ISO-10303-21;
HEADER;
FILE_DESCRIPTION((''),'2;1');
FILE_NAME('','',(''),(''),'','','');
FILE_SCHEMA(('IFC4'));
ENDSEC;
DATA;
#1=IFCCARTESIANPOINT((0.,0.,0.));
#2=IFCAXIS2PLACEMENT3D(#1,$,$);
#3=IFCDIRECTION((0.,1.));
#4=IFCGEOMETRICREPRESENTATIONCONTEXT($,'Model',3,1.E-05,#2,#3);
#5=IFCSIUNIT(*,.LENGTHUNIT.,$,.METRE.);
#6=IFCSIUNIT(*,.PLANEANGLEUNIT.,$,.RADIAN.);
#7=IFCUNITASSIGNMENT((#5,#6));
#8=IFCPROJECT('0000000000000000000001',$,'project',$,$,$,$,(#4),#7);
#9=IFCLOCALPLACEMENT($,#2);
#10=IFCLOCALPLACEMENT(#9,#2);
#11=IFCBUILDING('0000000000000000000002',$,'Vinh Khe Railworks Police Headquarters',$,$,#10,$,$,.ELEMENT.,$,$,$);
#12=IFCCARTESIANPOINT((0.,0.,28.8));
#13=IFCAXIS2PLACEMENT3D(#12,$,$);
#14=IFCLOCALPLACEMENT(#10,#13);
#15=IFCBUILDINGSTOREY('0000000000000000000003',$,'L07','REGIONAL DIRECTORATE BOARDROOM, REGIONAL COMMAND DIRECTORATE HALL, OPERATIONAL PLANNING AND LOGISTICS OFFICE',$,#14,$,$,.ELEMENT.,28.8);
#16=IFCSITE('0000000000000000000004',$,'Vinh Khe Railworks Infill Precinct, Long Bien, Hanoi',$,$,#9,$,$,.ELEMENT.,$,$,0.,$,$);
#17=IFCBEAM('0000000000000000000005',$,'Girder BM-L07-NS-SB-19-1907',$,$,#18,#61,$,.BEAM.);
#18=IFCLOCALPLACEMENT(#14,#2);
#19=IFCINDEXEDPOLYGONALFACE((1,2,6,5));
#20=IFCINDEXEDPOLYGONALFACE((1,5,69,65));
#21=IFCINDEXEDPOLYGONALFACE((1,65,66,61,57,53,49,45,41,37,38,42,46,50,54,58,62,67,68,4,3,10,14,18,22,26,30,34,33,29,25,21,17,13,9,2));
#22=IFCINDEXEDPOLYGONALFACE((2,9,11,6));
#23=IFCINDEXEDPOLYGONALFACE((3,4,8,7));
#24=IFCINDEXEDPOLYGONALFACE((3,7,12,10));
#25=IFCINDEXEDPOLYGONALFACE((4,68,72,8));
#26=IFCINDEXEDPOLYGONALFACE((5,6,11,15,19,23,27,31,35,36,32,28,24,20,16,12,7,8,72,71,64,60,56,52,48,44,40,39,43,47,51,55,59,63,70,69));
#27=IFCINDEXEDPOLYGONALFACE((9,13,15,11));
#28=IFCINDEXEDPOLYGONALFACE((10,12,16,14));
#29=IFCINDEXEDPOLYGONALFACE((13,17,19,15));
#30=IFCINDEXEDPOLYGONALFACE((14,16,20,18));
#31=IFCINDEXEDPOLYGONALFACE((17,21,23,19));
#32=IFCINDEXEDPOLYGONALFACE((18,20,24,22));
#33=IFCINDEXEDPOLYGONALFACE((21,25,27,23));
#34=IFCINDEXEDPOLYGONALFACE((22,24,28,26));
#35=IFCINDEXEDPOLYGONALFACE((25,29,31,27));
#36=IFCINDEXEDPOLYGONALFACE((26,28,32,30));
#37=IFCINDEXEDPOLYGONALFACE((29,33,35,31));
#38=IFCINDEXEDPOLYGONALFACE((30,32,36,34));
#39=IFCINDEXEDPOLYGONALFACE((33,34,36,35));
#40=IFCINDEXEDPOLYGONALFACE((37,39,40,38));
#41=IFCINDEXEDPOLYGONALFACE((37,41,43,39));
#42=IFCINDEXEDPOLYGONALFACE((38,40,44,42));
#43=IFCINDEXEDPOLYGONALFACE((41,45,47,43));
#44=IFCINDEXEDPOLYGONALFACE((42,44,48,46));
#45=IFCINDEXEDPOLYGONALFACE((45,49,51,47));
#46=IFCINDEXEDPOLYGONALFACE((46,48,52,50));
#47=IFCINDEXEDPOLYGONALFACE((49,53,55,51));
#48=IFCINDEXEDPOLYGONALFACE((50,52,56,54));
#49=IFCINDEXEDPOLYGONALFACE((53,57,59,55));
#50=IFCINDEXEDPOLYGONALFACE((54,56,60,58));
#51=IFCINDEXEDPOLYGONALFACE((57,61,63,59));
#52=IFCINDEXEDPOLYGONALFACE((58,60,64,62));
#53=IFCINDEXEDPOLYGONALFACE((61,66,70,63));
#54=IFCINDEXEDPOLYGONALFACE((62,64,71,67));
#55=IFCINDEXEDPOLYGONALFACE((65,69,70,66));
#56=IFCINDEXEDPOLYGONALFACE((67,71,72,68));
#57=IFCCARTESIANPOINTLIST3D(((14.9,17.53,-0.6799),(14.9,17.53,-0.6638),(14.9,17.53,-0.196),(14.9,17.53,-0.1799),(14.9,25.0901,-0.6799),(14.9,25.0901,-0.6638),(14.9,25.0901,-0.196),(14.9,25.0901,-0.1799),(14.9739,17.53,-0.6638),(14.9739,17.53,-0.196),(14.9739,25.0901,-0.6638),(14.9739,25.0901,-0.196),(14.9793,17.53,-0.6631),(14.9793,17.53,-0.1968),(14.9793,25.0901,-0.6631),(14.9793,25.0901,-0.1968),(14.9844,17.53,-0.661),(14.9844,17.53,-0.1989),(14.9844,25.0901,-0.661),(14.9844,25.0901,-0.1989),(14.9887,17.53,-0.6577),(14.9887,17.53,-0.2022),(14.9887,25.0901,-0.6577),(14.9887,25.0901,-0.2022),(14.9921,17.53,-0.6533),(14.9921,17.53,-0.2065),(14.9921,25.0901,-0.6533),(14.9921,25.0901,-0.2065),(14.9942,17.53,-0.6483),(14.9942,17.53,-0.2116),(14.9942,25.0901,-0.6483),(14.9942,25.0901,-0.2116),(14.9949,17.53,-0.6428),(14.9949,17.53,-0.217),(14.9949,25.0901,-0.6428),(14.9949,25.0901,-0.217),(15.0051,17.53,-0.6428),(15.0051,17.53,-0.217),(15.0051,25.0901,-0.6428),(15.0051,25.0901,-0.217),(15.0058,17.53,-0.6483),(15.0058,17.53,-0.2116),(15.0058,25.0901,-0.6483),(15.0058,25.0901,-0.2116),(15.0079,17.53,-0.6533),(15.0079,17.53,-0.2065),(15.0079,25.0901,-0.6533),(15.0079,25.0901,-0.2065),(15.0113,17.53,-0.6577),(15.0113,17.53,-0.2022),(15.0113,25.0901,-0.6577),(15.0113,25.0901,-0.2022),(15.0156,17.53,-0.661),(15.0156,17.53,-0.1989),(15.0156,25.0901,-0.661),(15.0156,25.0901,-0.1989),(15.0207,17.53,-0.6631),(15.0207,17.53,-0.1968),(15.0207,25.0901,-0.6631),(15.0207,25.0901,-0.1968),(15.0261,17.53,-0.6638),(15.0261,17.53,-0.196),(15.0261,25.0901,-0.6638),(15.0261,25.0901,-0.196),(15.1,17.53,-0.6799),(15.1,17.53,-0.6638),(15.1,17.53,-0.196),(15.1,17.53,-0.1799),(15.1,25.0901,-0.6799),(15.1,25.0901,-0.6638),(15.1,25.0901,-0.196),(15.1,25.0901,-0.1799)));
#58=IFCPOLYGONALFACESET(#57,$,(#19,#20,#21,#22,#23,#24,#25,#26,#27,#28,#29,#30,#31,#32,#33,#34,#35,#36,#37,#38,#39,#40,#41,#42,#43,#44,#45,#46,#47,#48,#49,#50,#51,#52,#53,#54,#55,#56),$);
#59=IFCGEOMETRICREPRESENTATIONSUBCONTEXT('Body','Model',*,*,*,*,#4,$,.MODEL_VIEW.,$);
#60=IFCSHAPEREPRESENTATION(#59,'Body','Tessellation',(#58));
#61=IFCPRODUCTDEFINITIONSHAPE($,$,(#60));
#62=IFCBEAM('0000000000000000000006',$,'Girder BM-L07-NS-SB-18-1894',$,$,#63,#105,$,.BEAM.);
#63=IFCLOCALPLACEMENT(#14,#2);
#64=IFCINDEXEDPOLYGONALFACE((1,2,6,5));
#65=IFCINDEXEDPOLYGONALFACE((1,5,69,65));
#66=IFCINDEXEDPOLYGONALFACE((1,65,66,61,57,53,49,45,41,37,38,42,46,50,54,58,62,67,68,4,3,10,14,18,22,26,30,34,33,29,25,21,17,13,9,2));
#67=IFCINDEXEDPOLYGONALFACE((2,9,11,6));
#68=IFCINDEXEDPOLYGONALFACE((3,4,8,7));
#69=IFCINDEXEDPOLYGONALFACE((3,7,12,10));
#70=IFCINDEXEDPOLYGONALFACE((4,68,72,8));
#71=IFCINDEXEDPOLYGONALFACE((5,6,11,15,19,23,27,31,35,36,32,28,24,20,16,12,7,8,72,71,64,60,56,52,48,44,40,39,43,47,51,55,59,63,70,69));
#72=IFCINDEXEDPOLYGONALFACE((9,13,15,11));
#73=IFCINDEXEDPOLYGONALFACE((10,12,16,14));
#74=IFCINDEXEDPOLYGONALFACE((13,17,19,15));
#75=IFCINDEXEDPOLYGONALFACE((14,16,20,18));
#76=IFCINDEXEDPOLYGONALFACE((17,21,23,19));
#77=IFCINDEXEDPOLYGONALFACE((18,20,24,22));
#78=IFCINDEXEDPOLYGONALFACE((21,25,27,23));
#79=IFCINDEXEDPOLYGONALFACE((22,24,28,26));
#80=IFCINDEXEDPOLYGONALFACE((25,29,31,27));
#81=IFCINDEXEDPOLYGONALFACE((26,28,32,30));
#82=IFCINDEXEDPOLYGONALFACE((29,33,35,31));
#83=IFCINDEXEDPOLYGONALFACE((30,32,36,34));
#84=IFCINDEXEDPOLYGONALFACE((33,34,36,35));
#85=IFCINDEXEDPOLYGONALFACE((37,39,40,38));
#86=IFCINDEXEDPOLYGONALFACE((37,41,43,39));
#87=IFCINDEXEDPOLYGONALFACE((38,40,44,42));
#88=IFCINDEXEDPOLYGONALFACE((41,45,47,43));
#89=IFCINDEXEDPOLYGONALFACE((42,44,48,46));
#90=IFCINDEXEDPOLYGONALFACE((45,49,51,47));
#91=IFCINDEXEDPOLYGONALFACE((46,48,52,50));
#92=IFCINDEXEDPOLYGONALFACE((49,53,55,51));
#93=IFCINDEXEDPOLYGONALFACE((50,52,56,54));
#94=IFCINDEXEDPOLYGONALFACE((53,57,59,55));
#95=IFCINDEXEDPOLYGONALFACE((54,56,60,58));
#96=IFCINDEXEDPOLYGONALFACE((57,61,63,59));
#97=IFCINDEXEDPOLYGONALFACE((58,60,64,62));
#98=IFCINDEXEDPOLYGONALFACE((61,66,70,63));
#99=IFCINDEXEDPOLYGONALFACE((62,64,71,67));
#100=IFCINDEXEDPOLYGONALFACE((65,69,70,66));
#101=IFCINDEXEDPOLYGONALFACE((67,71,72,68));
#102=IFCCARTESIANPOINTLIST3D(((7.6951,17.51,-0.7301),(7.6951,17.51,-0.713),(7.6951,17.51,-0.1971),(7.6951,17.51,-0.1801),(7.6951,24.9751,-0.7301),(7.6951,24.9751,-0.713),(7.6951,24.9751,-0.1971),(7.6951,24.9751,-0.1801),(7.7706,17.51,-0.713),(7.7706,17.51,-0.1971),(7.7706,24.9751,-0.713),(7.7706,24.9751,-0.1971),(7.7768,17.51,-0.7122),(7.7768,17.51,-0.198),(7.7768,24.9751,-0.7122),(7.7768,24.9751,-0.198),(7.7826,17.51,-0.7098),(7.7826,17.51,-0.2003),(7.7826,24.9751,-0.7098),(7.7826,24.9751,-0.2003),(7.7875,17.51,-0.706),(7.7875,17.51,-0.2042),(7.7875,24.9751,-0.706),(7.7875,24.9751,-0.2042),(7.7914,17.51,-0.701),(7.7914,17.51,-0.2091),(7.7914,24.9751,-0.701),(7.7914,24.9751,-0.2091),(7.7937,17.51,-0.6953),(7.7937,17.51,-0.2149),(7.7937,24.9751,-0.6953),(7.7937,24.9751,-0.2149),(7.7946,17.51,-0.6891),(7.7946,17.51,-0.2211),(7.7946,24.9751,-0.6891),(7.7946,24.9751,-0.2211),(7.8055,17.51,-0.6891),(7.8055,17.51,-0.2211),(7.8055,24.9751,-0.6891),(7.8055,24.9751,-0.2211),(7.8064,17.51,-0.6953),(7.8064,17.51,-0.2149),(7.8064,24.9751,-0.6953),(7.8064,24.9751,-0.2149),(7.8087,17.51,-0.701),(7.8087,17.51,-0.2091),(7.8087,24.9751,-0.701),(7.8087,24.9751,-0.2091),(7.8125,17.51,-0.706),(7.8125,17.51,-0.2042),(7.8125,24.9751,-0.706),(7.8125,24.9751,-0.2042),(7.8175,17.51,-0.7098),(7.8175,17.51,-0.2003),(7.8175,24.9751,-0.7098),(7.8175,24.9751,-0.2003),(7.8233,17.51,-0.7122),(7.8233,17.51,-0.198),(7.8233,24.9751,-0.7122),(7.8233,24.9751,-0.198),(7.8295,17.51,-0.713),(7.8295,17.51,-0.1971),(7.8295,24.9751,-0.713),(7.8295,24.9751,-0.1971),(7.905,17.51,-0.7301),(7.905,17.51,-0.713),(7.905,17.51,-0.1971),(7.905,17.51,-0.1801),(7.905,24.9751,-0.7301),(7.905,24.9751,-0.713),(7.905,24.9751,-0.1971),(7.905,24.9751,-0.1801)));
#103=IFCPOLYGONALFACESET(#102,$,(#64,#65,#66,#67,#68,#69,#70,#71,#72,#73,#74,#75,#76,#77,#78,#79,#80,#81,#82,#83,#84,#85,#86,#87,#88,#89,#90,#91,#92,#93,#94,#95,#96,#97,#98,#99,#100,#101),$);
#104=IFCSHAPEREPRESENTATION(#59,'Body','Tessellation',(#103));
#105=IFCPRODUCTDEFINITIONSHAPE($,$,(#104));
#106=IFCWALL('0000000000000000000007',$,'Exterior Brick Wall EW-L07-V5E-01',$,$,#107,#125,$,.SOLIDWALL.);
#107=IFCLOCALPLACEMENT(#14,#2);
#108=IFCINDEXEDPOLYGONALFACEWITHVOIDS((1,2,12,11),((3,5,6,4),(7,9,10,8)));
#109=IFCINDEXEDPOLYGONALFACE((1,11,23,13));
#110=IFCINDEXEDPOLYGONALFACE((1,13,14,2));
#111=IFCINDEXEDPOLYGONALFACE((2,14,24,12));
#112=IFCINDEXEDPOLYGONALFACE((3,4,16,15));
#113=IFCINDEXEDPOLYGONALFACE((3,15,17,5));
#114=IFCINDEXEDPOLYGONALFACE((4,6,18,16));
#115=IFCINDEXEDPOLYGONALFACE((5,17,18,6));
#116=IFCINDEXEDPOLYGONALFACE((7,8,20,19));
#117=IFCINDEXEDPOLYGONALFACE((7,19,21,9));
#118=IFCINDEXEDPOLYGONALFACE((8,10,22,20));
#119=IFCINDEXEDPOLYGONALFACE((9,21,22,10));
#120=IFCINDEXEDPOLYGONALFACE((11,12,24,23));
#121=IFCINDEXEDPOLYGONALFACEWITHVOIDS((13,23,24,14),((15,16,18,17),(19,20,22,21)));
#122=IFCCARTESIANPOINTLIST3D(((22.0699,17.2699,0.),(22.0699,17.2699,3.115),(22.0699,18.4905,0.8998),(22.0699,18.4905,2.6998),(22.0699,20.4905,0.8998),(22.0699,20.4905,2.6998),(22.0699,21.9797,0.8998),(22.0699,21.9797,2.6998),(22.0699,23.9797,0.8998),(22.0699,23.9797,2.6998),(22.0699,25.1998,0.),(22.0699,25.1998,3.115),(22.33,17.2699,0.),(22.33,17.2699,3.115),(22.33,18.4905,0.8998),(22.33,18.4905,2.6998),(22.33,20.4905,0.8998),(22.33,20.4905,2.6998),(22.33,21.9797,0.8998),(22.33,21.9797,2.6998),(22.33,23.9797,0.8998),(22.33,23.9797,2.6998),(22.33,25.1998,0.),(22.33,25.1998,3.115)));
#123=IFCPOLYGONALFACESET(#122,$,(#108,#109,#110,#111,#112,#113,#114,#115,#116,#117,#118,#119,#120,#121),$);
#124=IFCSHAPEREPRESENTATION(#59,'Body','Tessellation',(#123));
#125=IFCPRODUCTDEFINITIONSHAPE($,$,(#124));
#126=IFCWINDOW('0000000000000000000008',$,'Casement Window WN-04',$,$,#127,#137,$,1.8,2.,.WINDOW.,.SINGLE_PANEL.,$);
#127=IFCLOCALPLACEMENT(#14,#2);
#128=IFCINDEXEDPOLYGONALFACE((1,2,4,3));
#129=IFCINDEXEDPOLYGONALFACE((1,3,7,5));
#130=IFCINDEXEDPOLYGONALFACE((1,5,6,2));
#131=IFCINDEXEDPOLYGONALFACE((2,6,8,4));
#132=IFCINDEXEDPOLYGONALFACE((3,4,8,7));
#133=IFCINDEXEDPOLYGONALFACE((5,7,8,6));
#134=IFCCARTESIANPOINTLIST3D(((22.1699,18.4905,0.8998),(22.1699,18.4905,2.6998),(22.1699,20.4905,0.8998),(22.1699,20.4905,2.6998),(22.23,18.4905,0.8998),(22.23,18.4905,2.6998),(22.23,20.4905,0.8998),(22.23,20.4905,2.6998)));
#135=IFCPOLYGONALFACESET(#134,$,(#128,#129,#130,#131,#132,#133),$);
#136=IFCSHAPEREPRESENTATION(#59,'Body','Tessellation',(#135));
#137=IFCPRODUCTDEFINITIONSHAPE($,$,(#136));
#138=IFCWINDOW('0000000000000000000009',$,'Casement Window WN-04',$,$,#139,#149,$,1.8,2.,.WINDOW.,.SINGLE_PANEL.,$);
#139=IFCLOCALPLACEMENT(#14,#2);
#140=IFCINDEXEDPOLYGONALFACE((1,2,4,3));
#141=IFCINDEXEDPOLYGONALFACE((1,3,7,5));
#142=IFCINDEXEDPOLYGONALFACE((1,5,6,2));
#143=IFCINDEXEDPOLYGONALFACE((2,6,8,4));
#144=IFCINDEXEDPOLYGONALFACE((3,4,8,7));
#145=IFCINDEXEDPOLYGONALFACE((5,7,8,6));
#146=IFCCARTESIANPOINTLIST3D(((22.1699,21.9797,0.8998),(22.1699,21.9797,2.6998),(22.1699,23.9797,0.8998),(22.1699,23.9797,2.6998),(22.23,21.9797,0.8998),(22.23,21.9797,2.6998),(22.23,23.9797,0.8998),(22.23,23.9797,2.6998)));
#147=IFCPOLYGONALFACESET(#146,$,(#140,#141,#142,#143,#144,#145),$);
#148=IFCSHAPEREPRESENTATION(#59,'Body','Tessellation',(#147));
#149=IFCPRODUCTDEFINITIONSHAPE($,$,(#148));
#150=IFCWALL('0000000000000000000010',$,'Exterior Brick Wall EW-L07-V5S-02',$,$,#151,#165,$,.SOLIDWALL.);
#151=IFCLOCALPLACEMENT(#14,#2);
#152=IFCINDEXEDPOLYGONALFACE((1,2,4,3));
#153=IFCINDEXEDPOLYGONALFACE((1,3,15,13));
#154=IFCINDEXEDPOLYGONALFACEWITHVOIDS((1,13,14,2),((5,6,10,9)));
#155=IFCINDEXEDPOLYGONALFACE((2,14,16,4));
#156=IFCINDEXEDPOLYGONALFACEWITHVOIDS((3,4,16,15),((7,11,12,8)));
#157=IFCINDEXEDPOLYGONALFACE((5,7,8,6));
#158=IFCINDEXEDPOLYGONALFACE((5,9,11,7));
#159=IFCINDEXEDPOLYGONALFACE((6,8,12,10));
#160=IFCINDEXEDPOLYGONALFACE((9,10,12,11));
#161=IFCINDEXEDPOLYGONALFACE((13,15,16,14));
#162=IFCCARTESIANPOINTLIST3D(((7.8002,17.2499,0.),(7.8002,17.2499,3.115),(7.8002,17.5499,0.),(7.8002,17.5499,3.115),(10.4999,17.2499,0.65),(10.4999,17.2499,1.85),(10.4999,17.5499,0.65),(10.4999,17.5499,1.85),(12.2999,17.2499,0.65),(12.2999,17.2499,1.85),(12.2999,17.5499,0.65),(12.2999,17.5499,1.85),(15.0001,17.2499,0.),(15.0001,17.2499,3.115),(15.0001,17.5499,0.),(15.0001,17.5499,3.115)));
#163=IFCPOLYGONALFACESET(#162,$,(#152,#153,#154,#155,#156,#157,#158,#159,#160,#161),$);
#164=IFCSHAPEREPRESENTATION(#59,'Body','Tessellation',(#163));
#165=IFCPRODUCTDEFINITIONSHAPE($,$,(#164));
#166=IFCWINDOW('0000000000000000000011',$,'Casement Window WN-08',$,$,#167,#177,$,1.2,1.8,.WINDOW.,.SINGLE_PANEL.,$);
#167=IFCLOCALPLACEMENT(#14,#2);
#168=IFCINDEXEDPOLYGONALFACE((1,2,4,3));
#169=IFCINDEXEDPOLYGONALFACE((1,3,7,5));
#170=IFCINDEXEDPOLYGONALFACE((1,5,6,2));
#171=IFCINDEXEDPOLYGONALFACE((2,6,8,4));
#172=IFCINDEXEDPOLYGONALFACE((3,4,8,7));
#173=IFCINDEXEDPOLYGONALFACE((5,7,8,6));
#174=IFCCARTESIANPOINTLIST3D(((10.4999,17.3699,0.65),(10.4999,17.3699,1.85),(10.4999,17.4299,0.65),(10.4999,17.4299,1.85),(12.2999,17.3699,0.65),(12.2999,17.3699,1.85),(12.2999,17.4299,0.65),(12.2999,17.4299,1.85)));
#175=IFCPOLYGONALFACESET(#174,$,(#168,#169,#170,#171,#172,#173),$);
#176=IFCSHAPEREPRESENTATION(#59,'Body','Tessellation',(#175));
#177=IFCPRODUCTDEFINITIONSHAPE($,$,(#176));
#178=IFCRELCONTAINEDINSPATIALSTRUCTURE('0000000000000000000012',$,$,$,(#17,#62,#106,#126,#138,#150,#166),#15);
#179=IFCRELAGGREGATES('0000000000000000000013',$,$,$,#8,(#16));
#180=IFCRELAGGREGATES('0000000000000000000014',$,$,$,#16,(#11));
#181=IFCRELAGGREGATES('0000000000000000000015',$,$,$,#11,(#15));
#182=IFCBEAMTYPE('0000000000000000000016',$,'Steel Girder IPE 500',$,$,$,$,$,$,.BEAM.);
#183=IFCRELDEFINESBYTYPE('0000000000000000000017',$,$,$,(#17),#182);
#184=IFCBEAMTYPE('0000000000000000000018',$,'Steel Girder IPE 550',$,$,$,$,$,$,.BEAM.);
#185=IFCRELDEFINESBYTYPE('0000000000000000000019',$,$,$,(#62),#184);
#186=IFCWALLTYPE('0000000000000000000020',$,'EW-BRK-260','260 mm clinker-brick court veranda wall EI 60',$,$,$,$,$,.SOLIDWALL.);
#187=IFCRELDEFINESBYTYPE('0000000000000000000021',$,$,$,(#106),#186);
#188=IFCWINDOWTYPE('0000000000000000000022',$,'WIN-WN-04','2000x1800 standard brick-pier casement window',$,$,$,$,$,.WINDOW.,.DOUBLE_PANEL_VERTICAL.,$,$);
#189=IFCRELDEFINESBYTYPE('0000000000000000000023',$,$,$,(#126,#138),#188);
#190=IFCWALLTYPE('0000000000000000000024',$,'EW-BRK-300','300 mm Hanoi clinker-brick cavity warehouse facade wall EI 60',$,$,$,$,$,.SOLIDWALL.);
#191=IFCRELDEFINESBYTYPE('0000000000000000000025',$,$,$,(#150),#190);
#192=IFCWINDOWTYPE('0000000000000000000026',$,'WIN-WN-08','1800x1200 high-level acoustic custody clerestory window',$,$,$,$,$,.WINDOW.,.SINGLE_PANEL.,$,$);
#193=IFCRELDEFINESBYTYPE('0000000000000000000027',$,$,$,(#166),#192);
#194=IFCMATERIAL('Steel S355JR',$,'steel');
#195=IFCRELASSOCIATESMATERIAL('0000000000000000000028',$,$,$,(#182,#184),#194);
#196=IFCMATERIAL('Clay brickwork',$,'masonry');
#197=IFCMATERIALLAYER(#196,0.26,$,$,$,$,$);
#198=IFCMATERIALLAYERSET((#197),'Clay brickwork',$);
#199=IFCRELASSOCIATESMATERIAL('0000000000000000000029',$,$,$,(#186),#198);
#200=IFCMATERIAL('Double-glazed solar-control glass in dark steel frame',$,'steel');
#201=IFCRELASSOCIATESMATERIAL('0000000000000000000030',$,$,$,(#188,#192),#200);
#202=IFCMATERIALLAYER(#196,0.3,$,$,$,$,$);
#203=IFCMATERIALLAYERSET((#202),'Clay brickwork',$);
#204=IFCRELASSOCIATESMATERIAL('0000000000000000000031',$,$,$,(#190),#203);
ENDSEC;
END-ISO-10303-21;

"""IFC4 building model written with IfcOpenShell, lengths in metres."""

from ifc_helpers import new_model, si_unit, direction, frame, frame_2d, origin, origin_2d, place, context, subcontext, project, spatial, rectangle, i_section, extrude, material, layer, layer_set, material_profile, profile_set, type_object, element, fill, save


model = new_model("IFC4")

# Units and contexts
model_context = context("Model", 3, precision=1e-05, world=origin(), true_north=direction((0.0, 1.0)))
body_context = subcontext(model_context, "Body", "Model", "MODEL_VIEW")
ifc_project = project(units=[si_unit("LENGTHUNIT", "METRE"), si_unit("PLANEANGLEUNIT", "RADIAN")], contexts=[model_context])

# Site, building, storey
site_placement = place(None, origin())
site = spatial("IfcSite", under=ifc_project, at=site_placement, Name="Vinh Khe Railworks Infill Precinct, Long Bien, Hanoi", CompositionType="ELEMENT", RefElevation=0.0)
building_placement = place(site_placement, origin())
building = spatial("IfcBuilding", under=site, at=building_placement, Name="Vinh Khe Railworks Police Headquarters", CompositionType="ELEMENT")
storey_placement = place(building_placement, frame((0.0, 0.0, 28.8)))
storey = spatial("IfcBuildingStorey", under=building, at=storey_placement, Name="L07", Description="REGIONAL DIRECTORATE BOARDROOM, REGIONAL COMMAND DIRECTORATE HALL, OPERATIONAL PLANNING AND LOGISTICS OFFICE", CompositionType="ELEMENT", Elevation=28.8)

# Shared definitions
ifc_material_1 = material(Name="Steel S355JR", Category="steel")

# Beams
ifc_material_profile_1 = material_profile(ifc_material_1, i_section(OverallWidth=0.2, OverallDepth=0.5, WebThickness=0.0103, FlangeThickness=0.0161, FilletRadius=0.021, at=origin_2d()), Name="IPE 500")
ifc_profile_set_1 = profile_set([ifc_material_profile_1], Name="Steel S355JR")
beam_type_1 = type_object("IfcBeamType", Name="Steel Girder IPE 500", PredefinedType="BEAM", material=ifc_profile_set_1)
beam_1_placement = place(storey_placement, frame((15.0, 17.53, -0.4299), z_axis=(0.0, 1.0, 0.0), x_axis=(-1.0, 0.0, 0.0)))
element("IfcBeam", 1, at=beam_1_placement, inside=storey, type_object=beam_type_1, Name="Girder BM-L07-NS-SB-19-1907", PredefinedType="BEAM", context=body_context, shape_type="SweptSolid", body=[
    extrude(i_section(OverallWidth=0.2, OverallDepth=0.5, WebThickness=0.0103, FlangeThickness=0.0161, FilletRadius=0.021, at=origin_2d()), origin(), (0.0, 0.0, 1.0), 7.5601),
])
ifc_material_profile_2 = material_profile(ifc_material_1, i_section(OverallWidth=0.21, OverallDepth=0.55, WebThickness=0.011, FlangeThickness=0.0171, FilletRadius=0.0239, at=origin_2d()), Name="IPE 550")
ifc_profile_set_2 = profile_set([ifc_material_profile_2], Name="Steel S355JR")
beam_type_2 = type_object("IfcBeamType", Name="Steel Girder IPE 550", PredefinedType="BEAM", material=ifc_profile_set_2)
beam_2_placement = place(storey_placement, frame((7.8, 17.51, -0.4551), z_axis=(0.0, 1.0, 0.0), x_axis=(-1.0, 0.0, 0.0)))
element("IfcBeam", 2, at=beam_2_placement, inside=storey, type_object=beam_type_2, Name="Girder BM-L07-NS-SB-18-1894", PredefinedType="BEAM", context=body_context, shape_type="SweptSolid", body=[
    extrude(i_section(OverallWidth=0.21, OverallDepth=0.55, WebThickness=0.011, FlangeThickness=0.0171, FilletRadius=0.0239, at=origin_2d()), origin(), (0.0, 0.0, 1.0), 7.4651),
])

# Wall, openings, windows
ifc_material_2 = material(Name="Clay brickwork", Category="masonry")
ifc_layer_1 = layer(ifc_material_2, 0.26)
ifc_layer_set_1 = layer_set([ifc_layer_1], Name="Clay brickwork")
wall_type_1 = type_object("IfcWallType", Name="EW-BRK-260", Description="260 mm clinker-brick court veranda wall EI 60", PredefinedType="SOLIDWALL", material=ifc_layer_set_1)
wall_1_placement = place(storey_placement, frame((22.2, 17.27, 0.0), z_axis=(0.0, 0.0, 1.0), x_axis=(0.0, 1.0, 0.0)))
wall_1 = element("IfcWall", 3, at=wall_1_placement, inside=storey, type_object=wall_type_1, Name="Exterior Brick Wall EW-L07-V5E-01", PredefinedType="SOLIDWALL", context=body_context, shape_type="SweptSolid", body=[
    extrude(rectangle(XDim=7.9299, YDim=0.26, at=frame_2d((3.9648, 0.0))), origin(), (0.0, 0.0, 1.0), 3.115),
])
opening_1_placement = place(wall_1_placement, frame((1.2205, 0.0, 0.8999)))
opening_1 = element("IfcOpeningElement", 4, at=opening_1_placement, cuts=wall_1, PredefinedType="OPENING", context=body_context, shape_type="SweptSolid", body=[
    extrude(rectangle(XDim=2.0, YDim=1.8, at=frame_2d((1.0, 0.8999))), frame((0.0, 0.145, 0.0), z_axis=(0.0, -1.0, 0.0), x_axis=(1.0, 0.0, 0.0)), (0.0, 0.0, 1.0), 0.2898),
])
opening_2_placement = place(wall_1_placement, frame((4.7097, 0.0, 0.8999)))
opening_2 = element("IfcOpeningElement", 5, at=opening_2_placement, cuts=wall_1, PredefinedType="OPENING", context=body_context, shape_type="SweptSolid", body=[
    extrude(rectangle(XDim=2.0, YDim=1.8, at=frame_2d((1.0, 0.8999))), frame((0.0, 0.145, 0.0), z_axis=(0.0, -1.0, 0.0), x_axis=(1.0, 0.0, 0.0)), (0.0, 0.0, 1.0), 0.2898),
])
ifc_material_3 = material(Name="Double-glazed solar-control glass in dark steel frame", Category="steel")
window_type_1 = type_object("IfcWindowType", Name="WIN-WN-04", Description="2000x1800 standard brick-pier casement window", PartitioningType="DOUBLE_PANEL_VERTICAL", PredefinedType="WINDOW", material=ifc_material_3)
window_1_placement = place(opening_1_placement, origin())
window_1 = element("IfcWindow", 6, at=window_1_placement, inside=storey, type_object=window_type_1, Name="Casement Window WN-04", OverallHeight=1.8, OverallWidth=2.0, PartitioningType="SINGLE_PANEL", PredefinedType="WINDOW", context=body_context, shape_type="SweptSolid", body=[
    extrude(rectangle(XDim=2.0, YDim=1.8, at=frame_2d((1.0, 0.8999))), frame((0.0, 0.03, 0.0), z_axis=(0.0, -1.0, 0.0), x_axis=(1.0, 0.0, 0.0)), (0.0, 0.0, 1.0), 0.0601),
])
fill(opening_1, window_1)
window_2_placement = place(opening_2_placement, origin())
window_2 = element("IfcWindow", 7, at=window_2_placement, inside=storey, type_object=window_type_1, Name="Casement Window WN-04", OverallHeight=1.8, OverallWidth=2.0, PartitioningType="SINGLE_PANEL", PredefinedType="WINDOW", context=body_context, shape_type="SweptSolid", body=[
    extrude(rectangle(XDim=2.0, YDim=1.8, at=frame_2d((1.0, 0.8999))), frame((0.0, 0.03, 0.0), z_axis=(0.0, -1.0, 0.0), x_axis=(1.0, 0.0, 0.0)), (0.0, 0.0, 1.0), 0.0601),
])
fill(opening_2, window_2)

# Wall, opening, window
ifc_layer_2 = layer(ifc_material_2, 0.3)
ifc_layer_set_2 = layer_set([ifc_layer_2], Name="Clay brickwork")
wall_type_2 = type_object("IfcWallType", Name="EW-BRK-300", Description="300 mm Hanoi clinker-brick cavity warehouse facade wall EI 60", PredefinedType="SOLIDWALL", material=ifc_layer_set_2)
wall_2_placement = place(storey_placement, frame((7.8, 17.3999, 0.0), z_axis=(0.0, 0.0, 1.0), x_axis=(1.0, 0.0, 0.0)))
wall_2 = element("IfcWall", 8, at=wall_2_placement, inside=storey, type_object=wall_type_2, Name="Exterior Brick Wall EW-L07-V5S-02", PredefinedType="SOLIDWALL", context=body_context, shape_type="SweptSolid", body=[
    extrude(rectangle(XDim=7.2, YDim=0.3, at=frame_2d((3.6001, 0.0))), origin(), (0.0, 0.0, 1.0), 3.115),
])
opening_3_placement = place(wall_2_placement, frame((2.7, 0.0, 0.6499)))
opening_3 = element("IfcOpeningElement", 9, at=opening_3_placement, cuts=wall_2, PredefinedType="OPENING", context=body_context, shape_type="SweptSolid", body=[
    extrude(rectangle(XDim=1.8, YDim=1.2, at=frame_2d((0.8999, 0.6001))), frame((0.0, 0.165, 0.0), z_axis=(0.0, -1.0, 0.0), x_axis=(1.0, 0.0, 0.0)), (0.0, 0.0, 1.0), 0.3298),
])
window_type_2 = type_object("IfcWindowType", Name="WIN-WN-08", Description="1800x1200 high-level acoustic custody clerestory window", PartitioningType="SINGLE_PANEL", PredefinedType="WINDOW", material=ifc_material_3)
window_3_placement = place(opening_3_placement, origin())
window_3 = element("IfcWindow", 10, at=window_3_placement, inside=storey, type_object=window_type_2, Name="Casement Window WN-08", OverallHeight=1.2, OverallWidth=1.8, PartitioningType="SINGLE_PANEL", PredefinedType="WINDOW", context=body_context, shape_type="SweptSolid", body=[
    extrude(rectangle(XDim=1.8, YDim=1.2, at=frame_2d((0.8999, 0.6001))), frame((0.0, 0.03, 0.0), z_axis=(0.0, -1.0, 0.0), x_axis=(1.0, 0.0, 0.0)), (0.0, 0.0, 1.0), 0.0601),
])
fill(opening_3, window_3)

save(model, "model.ifc")
